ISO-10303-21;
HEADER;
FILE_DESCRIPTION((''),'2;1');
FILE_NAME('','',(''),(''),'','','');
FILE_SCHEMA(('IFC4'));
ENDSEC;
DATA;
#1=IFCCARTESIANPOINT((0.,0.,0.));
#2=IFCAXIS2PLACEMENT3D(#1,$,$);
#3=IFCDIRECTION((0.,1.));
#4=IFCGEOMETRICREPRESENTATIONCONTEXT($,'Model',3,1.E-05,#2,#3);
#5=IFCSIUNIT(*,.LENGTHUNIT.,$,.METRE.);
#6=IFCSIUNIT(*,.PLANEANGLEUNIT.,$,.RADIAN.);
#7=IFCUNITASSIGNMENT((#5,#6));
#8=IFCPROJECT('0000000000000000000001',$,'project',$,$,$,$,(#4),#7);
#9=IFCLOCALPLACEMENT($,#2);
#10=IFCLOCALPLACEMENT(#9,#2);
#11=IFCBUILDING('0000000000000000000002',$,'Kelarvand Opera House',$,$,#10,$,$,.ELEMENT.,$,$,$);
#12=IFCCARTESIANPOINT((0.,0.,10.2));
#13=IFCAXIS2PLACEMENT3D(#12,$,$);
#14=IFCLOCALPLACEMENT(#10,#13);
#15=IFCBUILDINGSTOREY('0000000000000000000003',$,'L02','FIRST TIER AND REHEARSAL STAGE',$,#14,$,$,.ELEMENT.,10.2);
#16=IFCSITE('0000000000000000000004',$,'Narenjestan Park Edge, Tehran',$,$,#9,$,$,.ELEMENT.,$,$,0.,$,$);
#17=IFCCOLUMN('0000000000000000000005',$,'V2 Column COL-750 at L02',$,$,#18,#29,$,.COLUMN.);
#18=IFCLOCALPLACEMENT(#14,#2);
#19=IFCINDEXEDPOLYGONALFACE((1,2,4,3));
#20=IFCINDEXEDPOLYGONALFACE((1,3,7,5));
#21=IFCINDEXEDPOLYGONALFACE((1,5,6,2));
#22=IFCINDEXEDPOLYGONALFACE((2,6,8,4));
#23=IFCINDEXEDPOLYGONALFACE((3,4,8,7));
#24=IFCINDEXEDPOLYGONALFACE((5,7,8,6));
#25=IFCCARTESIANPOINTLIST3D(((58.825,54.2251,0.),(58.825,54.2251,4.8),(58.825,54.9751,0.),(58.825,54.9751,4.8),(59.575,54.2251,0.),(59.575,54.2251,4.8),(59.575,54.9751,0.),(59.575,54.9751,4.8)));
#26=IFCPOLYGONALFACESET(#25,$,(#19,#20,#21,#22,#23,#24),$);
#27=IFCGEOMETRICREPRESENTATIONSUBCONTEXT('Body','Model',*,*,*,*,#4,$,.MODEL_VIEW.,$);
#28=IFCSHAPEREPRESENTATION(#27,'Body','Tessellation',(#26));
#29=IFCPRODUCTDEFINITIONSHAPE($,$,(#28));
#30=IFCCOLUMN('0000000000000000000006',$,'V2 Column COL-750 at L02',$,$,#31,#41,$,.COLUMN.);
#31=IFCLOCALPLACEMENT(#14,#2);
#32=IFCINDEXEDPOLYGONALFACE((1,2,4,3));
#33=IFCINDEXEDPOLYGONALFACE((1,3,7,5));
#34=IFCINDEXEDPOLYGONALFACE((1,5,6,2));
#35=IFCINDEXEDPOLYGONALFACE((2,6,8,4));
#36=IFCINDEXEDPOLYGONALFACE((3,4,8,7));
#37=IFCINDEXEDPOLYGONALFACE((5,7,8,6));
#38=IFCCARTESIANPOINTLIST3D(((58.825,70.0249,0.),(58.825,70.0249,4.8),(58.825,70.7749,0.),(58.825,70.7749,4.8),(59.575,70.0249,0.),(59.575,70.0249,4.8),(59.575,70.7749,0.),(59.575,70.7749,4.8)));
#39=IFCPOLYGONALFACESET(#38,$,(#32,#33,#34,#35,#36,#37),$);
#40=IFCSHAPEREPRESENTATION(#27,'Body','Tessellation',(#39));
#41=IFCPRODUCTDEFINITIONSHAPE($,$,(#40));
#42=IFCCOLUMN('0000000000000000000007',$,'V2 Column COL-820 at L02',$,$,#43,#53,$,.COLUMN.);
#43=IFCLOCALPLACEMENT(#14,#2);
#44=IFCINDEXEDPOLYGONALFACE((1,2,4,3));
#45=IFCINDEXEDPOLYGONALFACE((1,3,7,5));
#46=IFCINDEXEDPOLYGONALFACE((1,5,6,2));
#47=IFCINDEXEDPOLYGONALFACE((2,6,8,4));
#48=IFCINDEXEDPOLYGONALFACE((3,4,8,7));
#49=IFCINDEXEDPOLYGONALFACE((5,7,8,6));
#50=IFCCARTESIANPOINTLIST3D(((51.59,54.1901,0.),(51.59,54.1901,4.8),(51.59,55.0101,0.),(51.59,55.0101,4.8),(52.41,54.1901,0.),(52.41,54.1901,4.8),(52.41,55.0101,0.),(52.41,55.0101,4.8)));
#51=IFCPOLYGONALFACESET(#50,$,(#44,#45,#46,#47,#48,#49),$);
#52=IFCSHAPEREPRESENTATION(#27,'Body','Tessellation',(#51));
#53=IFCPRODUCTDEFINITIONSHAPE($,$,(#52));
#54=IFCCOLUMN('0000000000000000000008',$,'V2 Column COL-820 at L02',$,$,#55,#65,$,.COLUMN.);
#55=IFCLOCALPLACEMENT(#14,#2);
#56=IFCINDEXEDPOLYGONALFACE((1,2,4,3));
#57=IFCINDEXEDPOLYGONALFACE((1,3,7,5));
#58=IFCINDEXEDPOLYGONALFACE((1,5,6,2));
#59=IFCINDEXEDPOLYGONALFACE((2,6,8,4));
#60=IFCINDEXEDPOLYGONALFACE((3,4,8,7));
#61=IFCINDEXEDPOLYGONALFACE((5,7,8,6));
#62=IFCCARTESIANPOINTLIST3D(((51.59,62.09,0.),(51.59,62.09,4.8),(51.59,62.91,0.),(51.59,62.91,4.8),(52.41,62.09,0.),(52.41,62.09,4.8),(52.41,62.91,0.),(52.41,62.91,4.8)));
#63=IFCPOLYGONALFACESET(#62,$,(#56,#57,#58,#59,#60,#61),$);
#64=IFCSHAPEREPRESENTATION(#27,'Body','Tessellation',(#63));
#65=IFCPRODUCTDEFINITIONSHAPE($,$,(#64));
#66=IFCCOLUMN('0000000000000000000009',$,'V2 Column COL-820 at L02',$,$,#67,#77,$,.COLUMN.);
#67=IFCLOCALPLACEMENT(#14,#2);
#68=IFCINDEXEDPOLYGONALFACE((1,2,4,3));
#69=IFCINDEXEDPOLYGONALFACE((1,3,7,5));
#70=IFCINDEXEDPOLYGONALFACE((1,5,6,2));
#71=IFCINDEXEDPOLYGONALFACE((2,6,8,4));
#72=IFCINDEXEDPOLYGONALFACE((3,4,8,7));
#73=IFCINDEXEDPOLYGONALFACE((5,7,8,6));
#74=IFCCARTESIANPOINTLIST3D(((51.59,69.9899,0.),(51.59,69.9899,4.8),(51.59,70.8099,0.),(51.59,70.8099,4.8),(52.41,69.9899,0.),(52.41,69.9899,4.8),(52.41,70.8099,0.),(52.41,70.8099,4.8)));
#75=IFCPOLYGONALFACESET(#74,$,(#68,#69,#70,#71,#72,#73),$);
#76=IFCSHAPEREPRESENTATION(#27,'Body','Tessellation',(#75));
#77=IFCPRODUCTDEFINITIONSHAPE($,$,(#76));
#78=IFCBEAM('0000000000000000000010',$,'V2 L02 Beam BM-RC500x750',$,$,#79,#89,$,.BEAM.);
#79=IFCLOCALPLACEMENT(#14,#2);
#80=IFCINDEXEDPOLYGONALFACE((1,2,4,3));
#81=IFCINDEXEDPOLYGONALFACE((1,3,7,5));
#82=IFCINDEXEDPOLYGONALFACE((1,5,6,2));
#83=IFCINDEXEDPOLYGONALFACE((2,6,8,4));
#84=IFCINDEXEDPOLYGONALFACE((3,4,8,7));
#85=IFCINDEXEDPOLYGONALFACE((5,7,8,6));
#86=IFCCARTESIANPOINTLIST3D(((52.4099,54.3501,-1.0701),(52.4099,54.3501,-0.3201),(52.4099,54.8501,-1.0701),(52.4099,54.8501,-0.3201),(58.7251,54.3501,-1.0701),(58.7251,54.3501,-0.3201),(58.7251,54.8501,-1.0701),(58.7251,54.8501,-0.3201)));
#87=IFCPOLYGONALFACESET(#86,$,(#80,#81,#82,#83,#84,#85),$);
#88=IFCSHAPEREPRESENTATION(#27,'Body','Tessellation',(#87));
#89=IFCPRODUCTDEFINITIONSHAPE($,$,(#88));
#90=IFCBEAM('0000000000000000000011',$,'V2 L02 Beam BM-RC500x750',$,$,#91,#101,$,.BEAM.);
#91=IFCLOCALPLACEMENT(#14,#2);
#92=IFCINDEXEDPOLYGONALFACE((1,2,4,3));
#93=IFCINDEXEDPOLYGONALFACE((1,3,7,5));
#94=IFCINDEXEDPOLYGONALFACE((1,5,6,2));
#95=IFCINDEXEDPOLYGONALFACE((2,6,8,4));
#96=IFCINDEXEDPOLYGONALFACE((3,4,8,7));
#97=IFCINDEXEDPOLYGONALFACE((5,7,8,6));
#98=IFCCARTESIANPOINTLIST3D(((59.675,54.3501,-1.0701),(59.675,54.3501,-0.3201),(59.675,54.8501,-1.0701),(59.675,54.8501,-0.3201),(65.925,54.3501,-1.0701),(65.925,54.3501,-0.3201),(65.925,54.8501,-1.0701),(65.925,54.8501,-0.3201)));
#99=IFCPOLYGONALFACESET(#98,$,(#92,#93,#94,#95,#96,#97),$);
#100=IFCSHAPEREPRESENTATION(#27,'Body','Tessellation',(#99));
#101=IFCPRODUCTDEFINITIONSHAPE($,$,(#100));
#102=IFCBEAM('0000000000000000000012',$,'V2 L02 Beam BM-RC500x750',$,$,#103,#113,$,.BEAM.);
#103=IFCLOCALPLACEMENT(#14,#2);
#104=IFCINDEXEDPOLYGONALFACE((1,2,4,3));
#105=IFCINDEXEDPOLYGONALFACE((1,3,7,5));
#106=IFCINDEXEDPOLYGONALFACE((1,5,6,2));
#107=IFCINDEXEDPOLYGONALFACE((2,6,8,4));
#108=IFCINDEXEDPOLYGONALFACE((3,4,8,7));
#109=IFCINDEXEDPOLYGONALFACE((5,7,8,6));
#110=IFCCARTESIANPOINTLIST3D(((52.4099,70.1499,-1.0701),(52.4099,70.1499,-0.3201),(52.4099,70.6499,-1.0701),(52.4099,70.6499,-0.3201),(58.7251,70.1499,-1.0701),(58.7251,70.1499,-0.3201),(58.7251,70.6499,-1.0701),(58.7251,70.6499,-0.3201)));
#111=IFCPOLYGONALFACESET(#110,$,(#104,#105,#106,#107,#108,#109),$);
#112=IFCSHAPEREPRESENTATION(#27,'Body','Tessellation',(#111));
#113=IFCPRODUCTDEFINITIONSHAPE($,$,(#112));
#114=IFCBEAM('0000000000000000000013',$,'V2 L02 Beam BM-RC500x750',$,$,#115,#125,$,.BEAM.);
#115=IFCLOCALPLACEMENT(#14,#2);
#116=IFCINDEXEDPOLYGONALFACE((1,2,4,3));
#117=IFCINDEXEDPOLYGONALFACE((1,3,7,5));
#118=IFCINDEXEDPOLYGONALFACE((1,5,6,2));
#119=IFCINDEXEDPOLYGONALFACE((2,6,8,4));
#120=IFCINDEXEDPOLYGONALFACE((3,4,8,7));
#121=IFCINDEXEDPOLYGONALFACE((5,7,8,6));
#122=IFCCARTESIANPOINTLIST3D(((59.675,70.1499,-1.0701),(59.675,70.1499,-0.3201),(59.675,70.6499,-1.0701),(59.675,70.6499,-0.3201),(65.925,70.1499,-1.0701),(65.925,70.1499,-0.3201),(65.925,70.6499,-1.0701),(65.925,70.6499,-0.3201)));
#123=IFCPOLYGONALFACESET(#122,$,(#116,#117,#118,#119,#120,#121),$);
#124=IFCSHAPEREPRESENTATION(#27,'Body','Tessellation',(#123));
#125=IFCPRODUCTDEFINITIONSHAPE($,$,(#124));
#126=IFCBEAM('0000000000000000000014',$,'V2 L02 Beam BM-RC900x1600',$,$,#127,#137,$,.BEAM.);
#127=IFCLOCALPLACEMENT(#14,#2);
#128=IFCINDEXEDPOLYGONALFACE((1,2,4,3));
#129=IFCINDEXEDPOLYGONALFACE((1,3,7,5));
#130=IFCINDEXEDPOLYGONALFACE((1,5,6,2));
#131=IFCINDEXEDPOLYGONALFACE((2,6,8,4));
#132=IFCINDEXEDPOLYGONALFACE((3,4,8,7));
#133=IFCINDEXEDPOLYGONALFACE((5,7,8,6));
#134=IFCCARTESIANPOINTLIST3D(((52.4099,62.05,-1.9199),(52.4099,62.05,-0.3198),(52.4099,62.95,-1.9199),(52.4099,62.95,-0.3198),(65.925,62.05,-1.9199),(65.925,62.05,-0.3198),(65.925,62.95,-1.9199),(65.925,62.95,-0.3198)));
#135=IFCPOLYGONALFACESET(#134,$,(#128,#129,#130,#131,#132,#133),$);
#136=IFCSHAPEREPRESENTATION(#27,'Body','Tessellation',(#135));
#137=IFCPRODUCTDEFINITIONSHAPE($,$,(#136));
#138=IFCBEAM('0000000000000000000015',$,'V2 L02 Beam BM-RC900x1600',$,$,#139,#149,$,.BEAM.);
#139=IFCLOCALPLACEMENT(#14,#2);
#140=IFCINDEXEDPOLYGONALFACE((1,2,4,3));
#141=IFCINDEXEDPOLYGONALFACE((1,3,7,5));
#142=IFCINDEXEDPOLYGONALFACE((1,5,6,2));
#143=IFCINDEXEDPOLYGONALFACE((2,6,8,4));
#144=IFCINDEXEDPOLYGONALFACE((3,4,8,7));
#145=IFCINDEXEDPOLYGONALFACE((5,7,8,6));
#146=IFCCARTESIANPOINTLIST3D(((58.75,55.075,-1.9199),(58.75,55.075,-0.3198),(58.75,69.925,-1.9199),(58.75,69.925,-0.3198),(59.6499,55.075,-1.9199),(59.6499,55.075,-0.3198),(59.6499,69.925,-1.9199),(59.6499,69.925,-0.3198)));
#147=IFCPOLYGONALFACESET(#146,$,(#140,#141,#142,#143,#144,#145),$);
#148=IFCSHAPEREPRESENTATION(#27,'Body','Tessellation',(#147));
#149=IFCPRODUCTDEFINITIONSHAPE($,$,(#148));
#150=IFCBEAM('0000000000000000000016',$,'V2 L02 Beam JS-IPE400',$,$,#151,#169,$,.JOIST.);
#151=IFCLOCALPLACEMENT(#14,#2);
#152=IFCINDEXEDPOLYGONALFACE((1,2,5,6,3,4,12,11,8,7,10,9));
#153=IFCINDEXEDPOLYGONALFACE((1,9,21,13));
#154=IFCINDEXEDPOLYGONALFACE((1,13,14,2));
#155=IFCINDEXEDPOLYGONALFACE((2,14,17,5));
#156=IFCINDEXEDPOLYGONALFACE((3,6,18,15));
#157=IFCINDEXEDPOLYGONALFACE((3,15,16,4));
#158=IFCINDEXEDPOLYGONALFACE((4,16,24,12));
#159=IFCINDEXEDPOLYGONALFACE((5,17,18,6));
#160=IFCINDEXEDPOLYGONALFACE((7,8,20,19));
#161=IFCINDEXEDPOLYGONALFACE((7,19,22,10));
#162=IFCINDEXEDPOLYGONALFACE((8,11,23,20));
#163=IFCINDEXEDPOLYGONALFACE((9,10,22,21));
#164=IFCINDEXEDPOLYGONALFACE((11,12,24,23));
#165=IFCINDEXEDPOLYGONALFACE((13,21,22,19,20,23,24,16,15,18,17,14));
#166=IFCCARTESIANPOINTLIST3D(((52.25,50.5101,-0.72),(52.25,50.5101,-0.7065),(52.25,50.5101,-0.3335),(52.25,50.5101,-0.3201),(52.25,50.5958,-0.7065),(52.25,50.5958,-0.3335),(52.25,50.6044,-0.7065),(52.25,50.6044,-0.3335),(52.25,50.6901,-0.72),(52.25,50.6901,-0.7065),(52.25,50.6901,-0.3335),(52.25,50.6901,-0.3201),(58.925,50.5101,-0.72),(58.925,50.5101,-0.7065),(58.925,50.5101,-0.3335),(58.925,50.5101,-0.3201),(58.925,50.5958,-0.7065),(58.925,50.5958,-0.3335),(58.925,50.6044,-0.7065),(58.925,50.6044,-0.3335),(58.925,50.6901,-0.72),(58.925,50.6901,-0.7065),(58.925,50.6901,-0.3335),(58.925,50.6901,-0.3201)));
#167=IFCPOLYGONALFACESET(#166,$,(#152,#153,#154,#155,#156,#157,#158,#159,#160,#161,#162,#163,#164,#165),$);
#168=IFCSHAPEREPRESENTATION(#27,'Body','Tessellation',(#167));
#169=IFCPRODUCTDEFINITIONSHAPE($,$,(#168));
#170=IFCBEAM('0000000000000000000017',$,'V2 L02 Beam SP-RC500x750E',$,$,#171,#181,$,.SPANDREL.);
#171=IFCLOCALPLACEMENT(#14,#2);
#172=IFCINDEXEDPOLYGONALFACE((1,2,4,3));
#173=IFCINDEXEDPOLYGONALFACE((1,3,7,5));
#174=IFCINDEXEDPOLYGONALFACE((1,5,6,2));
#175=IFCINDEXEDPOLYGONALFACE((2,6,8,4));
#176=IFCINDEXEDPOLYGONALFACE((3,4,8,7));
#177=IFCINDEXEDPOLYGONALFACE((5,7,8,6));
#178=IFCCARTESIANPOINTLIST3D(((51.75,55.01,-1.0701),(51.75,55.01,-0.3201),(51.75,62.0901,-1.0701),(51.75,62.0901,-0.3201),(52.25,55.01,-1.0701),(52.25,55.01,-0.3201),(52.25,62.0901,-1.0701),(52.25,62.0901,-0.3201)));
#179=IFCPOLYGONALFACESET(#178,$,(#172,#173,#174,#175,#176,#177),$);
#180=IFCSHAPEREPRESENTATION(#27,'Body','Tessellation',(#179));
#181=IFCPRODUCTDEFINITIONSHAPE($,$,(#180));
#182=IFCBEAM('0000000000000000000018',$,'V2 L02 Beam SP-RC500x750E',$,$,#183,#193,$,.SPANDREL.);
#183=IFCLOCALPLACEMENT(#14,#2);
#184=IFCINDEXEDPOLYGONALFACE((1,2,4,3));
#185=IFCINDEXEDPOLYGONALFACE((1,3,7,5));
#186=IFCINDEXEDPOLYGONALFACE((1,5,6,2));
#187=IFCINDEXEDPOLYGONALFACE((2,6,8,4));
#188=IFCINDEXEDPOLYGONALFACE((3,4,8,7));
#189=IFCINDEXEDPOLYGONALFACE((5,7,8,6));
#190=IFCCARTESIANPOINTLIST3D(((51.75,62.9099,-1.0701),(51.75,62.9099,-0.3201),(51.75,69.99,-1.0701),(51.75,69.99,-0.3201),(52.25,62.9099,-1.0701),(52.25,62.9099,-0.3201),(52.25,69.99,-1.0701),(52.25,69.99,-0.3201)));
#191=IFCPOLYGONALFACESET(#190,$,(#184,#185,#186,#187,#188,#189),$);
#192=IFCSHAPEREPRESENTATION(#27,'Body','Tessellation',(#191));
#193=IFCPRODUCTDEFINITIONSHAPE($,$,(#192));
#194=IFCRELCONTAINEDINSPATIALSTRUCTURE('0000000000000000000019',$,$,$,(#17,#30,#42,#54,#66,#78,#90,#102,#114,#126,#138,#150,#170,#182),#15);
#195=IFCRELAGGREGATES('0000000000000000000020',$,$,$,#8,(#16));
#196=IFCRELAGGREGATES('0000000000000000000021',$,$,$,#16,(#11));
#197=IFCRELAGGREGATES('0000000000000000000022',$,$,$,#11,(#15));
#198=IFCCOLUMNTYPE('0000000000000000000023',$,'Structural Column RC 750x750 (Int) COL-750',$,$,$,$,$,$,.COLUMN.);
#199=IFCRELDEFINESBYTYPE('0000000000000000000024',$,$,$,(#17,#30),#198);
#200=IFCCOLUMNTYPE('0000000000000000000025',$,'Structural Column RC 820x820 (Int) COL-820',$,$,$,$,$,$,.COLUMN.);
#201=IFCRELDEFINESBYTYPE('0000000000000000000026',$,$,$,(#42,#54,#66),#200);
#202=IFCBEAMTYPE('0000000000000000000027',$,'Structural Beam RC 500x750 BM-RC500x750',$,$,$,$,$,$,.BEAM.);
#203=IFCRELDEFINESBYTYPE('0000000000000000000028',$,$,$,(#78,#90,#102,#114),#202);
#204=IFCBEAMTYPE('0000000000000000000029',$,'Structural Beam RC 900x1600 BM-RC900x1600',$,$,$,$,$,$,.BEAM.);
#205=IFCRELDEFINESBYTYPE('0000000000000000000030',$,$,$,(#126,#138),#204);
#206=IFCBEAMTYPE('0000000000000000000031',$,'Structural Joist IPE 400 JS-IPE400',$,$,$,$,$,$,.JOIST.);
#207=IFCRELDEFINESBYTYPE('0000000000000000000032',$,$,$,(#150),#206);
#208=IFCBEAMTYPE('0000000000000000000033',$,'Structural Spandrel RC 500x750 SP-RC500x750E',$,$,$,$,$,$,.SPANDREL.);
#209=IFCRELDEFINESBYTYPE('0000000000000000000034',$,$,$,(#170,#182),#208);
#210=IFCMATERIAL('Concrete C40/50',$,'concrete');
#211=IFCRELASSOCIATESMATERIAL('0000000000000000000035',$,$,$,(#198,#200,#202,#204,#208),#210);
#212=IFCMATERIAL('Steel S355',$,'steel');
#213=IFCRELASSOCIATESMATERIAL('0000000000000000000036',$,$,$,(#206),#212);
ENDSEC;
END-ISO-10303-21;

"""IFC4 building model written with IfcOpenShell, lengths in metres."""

from ifc_helpers import new_model, si_unit, direction, frame, origin, origin_2d, place, context, subcontext, project, spatial, rectangle, i_section, extrude, material, material_profile, profile_set, type_object, element, save


model = new_model("IFC4")

# Units and contexts
model_context = context("Model", 3, precision=1e-05, world=origin(), true_north=direction((0.0, 1.0)))
body_context = subcontext(model_context, "Body", "Model", "MODEL_VIEW")
ifc_project = project(units=[si_unit("LENGTHUNIT", "METRE"), si_unit("PLANEANGLEUNIT", "RADIAN")], contexts=[model_context])

# Site, building, storey
site_placement = place(None, origin())
site = spatial("IfcSite", under=ifc_project, at=site_placement, Name="Narenjestan Park Edge, Tehran", CompositionType="ELEMENT", RefElevation=0.0)
building_placement = place(site_placement, origin())
building = spatial("IfcBuilding", under=site, at=building_placement, Name="Kelarvand Opera House", CompositionType="ELEMENT")
storey_placement = place(building_placement, frame((0.0, 0.0, 10.2)))
storey = spatial("IfcBuildingStorey", under=building, at=storey_placement, Name="L02", Description="FIRST TIER AND REHEARSAL STAGE", CompositionType="ELEMENT", Elevation=10.2)

# Columns
ifc_material_1 = material(Name="Concrete C40/50", Category="concrete")
ifc_material_profile_1 = material_profile(ifc_material_1, rectangle(XDim=0.75, YDim=0.75, at=origin_2d()), Name="RC 750x750", Category="concrete")
ifc_profile_set_1 = profile_set([ifc_material_profile_1], Name="Concrete C40/50")
column_type_1 = type_object("IfcColumnType", Name="Structural Column RC 750x750 (Int) COL-750", PredefinedType="COLUMN", material=ifc_profile_set_1)
for number, where, z_axis, x_axis, name in (
    (1, (59.2, 54.6001, 0.0), (0.0, 0.0, 1.0), (1.0, 0.0, 0.0), "V2 Column COL-750 at L02"),
    (2, (59.2, 70.3999, 0.0), (0.0, 0.0, 1.0), (1.0, 0.0, 0.0), "V2 Column COL-750 at L02"),
):
    element("IfcColumn", number, at=place(storey_placement, frame(where, z_axis=z_axis, x_axis=x_axis)), inside=storey, type_object=column_type_1, Name=name, PredefinedType="COLUMN", context=body_context, shape_type="SweptSolid", body=[
        extrude(rectangle(XDim=0.75, YDim=0.75, at=origin_2d()), origin(), (0.0, 0.0, 1.0), 4.8),
    ])
ifc_material_profile_2 = material_profile(ifc_material_1, rectangle(XDim=0.8201, YDim=0.8201, at=origin_2d()), Name="RC 820x820", Category="concrete")
ifc_profile_set_2 = profile_set([ifc_material_profile_2], Name="Concrete C40/50")
column_type_2 = type_object("IfcColumnType", Name="Structural Column RC 820x820 (Int) COL-820", PredefinedType="COLUMN", material=ifc_profile_set_2)
for number, where, z_axis, x_axis, name in (
    (3, (52.0, 54.6001, 0.0), (0.0, 0.0, 1.0), (1.0, 0.0, 0.0), "V2 Column COL-820 at L02"),
    (4, (52.0, 62.5, 0.0), (0.0, 0.0, 1.0), (1.0, 0.0, 0.0), "V2 Column COL-820 at L02"),
    (5, (52.0, 70.3999, 0.0), (0.0, 0.0, 1.0), (1.0, 0.0, 0.0), "V2 Column COL-820 at L02"),
):
    element("IfcColumn", number, at=place(storey_placement, frame(where, z_axis=z_axis, x_axis=x_axis)), inside=storey, type_object=column_type_2, Name=name, PredefinedType="COLUMN", context=body_context, shape_type="SweptSolid", body=[
        extrude(rectangle(XDim=0.8201, YDim=0.8201, at=origin_2d()), origin(), (0.0, 0.0, 1.0), 4.8),
    ])

# Beams
ifc_material_profile_3 = material_profile(ifc_material_1, rectangle(XDim=0.5, YDim=0.75, at=origin_2d()), Name="RC 500x750", Category="concrete")
ifc_profile_set_3 = profile_set([ifc_material_profile_3], Name="Concrete C40/50")
beam_type_1 = type_object("IfcBeamType", Name="Structural Beam RC 500x750 BM-RC500x750", PredefinedType="BEAM", material=ifc_profile_set_3)
beam_1_placement = place(storey_placement, frame((52.4099, 54.6001, -0.6951), z_axis=(1.0, 0.0, 0.0), x_axis=(0.0, 1.0, 0.0)))
element("IfcBeam", 6, at=beam_1_placement, inside=storey, type_object=beam_type_1, Name="V2 L02 Beam BM-RC500x750", PredefinedType="BEAM", context=body_context, shape_type="SweptSolid", body=[
    extrude(rectangle(XDim=0.5, YDim=0.75, at=origin_2d()), origin(), (0.0, 0.0, 1.0), 6.3152),
])
beam_2_placement = place(storey_placement, frame((59.675, 54.6001, -0.6951), z_axis=(1.0, 0.0, 0.0), x_axis=(0.0, 1.0, 0.0)))
element("IfcBeam", 7, at=beam_2_placement, inside=storey, type_object=beam_type_1, Name="V2 L02 Beam BM-RC500x750", PredefinedType="BEAM", context=body_context, shape_type="SweptSolid", body=[
    extrude(rectangle(XDim=0.5, YDim=0.75, at=origin_2d()), origin(), (0.0, 0.0, 1.0), 6.25),
])
beam_3_placement = place(storey_placement, frame((52.4099, 70.3999, -0.6951), z_axis=(1.0, 0.0, 0.0), x_axis=(0.0, 1.0, 0.0)))
element("IfcBeam", 8, at=beam_3_placement, inside=storey, type_object=beam_type_1, Name="V2 L02 Beam BM-RC500x750", PredefinedType="BEAM", context=body_context, shape_type="SweptSolid", body=[
    extrude(rectangle(XDim=0.5, YDim=0.75, at=origin_2d()), origin(), (0.0, 0.0, 1.0), 6.3152),
])
beam_4_placement = place(storey_placement, frame((59.675, 70.3999, -0.6951), z_axis=(1.0, 0.0, 0.0), x_axis=(0.0, 1.0, 0.0)))
element("IfcBeam", 9, at=beam_4_placement, inside=storey, type_object=beam_type_1, Name="V2 L02 Beam BM-RC500x750", PredefinedType="BEAM", context=body_context, shape_type="SweptSolid", body=[
    extrude(rectangle(XDim=0.5, YDim=0.75, at=origin_2d()), origin(), (0.0, 0.0, 1.0), 6.25),
])
ifc_material_profile_4 = material_profile(ifc_material_1, rectangle(XDim=0.8999, YDim=1.6001, at=origin_2d()), Name="RC 900x1600", Category="concrete")
ifc_profile_set_4 = profile_set([ifc_material_profile_4], Name="Concrete C40/50")
beam_type_2 = type_object("IfcBeamType", Name="Structural Beam RC 900x1600 BM-RC900x1600", PredefinedType="BEAM", material=ifc_profile_set_4)
beam_5_placement = place(storey_placement, frame((52.4099, 62.5, -1.1199), z_axis=(1.0, 0.0, 0.0), x_axis=(0.0, 1.0, 0.0)))
element("IfcBeam", 10, at=beam_5_placement, inside=storey, type_object=beam_type_2, Name="V2 L02 Beam BM-RC900x1600", PredefinedType="BEAM", context=body_context, shape_type="SweptSolid", body=[
    extrude(rectangle(XDim=0.8999, YDim=1.6001, at=origin_2d()), origin(), (0.0, 0.0, 1.0), 13.5151),
])
beam_6_placement = place(storey_placement, frame((59.2, 55.075, -1.1199), z_axis=(0.0, 1.0, 0.0), x_axis=(-1.0, 0.0, 0.0)))
element("IfcBeam", 11, at=beam_6_placement, inside=storey, type_object=beam_type_2, Name="V2 L02 Beam BM-RC900x1600", PredefinedType="BEAM", context=body_context, shape_type="SweptSolid", body=[
    extrude(rectangle(XDim=0.8999, YDim=1.6001, at=origin_2d()), origin(), (0.0, 0.0, 1.0), 14.8501),
])
ifc_material_2 = material(Name="Steel S355", Category="steel")
ifc_material_profile_5 = material_profile(ifc_material_2, i_section(OverallWidth=0.1799, OverallDepth=0.3999, WebThickness=0.0085, FlangeThickness=0.0134, at=origin_2d()), Name="IPE 400", Category="steel")
ifc_profile_set_5 = profile_set([ifc_material_profile_5], Name="Steel S355")
beam_type_3 = type_object("IfcBeamType", Name="Structural Joist IPE 400 JS-IPE400", PredefinedType="JOIST", material=ifc_profile_set_5)
beam_7_placement = place(storey_placement, frame((52.25, 50.6001, -0.52), z_axis=(1.0, 0.0, 0.0), x_axis=(0.0, 1.0, 0.0)))
element("IfcBeam", 12, at=beam_7_placement, inside=storey, type_object=beam_type_3, Name="V2 L02 Beam JS-IPE400", PredefinedType="JOIST", context=body_context, shape_type="SweptSolid", body=[
    extrude(i_section(OverallWidth=0.1799, OverallDepth=0.3999, WebThickness=0.0085, FlangeThickness=0.0134, at=origin_2d()), origin(), (0.0, 0.0, 1.0), 6.675),
])
ifc_material_profile_6 = material_profile(ifc_material_1, rectangle(XDim=0.5, YDim=0.75, at=origin_2d()), Name="RC 500x750", Category="concrete")
ifc_profile_set_6 = profile_set([ifc_material_profile_6], Name="Concrete C40/50")
beam_type_4 = type_object("IfcBeamType", Name="Structural Spandrel RC 500x750 SP-RC500x750E", PredefinedType="SPANDREL", material=ifc_profile_set_6)
for number, where, z_axis, x_axis, name in (
    (13, (52.0, 55.01, -0.6951), (0.0, 1.0, 0.0), (-1.0, 0.0, 0.0), "V2 L02 Beam SP-RC500x750E"),
    (14, (52.0, 62.9099, -0.6951), (0.0, 1.0, 0.0), (-1.0, 0.0, 0.0), "V2 L02 Beam SP-RC500x750E"),
):
    element("IfcBeam", number, at=place(storey_placement, frame(where, z_axis=z_axis, x_axis=x_axis)), inside=storey, type_object=beam_type_4, Name=name, PredefinedType="SPANDREL", context=body_context, shape_type="SweptSolid", body=[
        extrude(rectangle(XDim=0.5, YDim=0.75, at=origin_2d()), origin(), (0.0, 0.0, 1.0), 7.0801),
    ])

save(model, "model.ifc")
